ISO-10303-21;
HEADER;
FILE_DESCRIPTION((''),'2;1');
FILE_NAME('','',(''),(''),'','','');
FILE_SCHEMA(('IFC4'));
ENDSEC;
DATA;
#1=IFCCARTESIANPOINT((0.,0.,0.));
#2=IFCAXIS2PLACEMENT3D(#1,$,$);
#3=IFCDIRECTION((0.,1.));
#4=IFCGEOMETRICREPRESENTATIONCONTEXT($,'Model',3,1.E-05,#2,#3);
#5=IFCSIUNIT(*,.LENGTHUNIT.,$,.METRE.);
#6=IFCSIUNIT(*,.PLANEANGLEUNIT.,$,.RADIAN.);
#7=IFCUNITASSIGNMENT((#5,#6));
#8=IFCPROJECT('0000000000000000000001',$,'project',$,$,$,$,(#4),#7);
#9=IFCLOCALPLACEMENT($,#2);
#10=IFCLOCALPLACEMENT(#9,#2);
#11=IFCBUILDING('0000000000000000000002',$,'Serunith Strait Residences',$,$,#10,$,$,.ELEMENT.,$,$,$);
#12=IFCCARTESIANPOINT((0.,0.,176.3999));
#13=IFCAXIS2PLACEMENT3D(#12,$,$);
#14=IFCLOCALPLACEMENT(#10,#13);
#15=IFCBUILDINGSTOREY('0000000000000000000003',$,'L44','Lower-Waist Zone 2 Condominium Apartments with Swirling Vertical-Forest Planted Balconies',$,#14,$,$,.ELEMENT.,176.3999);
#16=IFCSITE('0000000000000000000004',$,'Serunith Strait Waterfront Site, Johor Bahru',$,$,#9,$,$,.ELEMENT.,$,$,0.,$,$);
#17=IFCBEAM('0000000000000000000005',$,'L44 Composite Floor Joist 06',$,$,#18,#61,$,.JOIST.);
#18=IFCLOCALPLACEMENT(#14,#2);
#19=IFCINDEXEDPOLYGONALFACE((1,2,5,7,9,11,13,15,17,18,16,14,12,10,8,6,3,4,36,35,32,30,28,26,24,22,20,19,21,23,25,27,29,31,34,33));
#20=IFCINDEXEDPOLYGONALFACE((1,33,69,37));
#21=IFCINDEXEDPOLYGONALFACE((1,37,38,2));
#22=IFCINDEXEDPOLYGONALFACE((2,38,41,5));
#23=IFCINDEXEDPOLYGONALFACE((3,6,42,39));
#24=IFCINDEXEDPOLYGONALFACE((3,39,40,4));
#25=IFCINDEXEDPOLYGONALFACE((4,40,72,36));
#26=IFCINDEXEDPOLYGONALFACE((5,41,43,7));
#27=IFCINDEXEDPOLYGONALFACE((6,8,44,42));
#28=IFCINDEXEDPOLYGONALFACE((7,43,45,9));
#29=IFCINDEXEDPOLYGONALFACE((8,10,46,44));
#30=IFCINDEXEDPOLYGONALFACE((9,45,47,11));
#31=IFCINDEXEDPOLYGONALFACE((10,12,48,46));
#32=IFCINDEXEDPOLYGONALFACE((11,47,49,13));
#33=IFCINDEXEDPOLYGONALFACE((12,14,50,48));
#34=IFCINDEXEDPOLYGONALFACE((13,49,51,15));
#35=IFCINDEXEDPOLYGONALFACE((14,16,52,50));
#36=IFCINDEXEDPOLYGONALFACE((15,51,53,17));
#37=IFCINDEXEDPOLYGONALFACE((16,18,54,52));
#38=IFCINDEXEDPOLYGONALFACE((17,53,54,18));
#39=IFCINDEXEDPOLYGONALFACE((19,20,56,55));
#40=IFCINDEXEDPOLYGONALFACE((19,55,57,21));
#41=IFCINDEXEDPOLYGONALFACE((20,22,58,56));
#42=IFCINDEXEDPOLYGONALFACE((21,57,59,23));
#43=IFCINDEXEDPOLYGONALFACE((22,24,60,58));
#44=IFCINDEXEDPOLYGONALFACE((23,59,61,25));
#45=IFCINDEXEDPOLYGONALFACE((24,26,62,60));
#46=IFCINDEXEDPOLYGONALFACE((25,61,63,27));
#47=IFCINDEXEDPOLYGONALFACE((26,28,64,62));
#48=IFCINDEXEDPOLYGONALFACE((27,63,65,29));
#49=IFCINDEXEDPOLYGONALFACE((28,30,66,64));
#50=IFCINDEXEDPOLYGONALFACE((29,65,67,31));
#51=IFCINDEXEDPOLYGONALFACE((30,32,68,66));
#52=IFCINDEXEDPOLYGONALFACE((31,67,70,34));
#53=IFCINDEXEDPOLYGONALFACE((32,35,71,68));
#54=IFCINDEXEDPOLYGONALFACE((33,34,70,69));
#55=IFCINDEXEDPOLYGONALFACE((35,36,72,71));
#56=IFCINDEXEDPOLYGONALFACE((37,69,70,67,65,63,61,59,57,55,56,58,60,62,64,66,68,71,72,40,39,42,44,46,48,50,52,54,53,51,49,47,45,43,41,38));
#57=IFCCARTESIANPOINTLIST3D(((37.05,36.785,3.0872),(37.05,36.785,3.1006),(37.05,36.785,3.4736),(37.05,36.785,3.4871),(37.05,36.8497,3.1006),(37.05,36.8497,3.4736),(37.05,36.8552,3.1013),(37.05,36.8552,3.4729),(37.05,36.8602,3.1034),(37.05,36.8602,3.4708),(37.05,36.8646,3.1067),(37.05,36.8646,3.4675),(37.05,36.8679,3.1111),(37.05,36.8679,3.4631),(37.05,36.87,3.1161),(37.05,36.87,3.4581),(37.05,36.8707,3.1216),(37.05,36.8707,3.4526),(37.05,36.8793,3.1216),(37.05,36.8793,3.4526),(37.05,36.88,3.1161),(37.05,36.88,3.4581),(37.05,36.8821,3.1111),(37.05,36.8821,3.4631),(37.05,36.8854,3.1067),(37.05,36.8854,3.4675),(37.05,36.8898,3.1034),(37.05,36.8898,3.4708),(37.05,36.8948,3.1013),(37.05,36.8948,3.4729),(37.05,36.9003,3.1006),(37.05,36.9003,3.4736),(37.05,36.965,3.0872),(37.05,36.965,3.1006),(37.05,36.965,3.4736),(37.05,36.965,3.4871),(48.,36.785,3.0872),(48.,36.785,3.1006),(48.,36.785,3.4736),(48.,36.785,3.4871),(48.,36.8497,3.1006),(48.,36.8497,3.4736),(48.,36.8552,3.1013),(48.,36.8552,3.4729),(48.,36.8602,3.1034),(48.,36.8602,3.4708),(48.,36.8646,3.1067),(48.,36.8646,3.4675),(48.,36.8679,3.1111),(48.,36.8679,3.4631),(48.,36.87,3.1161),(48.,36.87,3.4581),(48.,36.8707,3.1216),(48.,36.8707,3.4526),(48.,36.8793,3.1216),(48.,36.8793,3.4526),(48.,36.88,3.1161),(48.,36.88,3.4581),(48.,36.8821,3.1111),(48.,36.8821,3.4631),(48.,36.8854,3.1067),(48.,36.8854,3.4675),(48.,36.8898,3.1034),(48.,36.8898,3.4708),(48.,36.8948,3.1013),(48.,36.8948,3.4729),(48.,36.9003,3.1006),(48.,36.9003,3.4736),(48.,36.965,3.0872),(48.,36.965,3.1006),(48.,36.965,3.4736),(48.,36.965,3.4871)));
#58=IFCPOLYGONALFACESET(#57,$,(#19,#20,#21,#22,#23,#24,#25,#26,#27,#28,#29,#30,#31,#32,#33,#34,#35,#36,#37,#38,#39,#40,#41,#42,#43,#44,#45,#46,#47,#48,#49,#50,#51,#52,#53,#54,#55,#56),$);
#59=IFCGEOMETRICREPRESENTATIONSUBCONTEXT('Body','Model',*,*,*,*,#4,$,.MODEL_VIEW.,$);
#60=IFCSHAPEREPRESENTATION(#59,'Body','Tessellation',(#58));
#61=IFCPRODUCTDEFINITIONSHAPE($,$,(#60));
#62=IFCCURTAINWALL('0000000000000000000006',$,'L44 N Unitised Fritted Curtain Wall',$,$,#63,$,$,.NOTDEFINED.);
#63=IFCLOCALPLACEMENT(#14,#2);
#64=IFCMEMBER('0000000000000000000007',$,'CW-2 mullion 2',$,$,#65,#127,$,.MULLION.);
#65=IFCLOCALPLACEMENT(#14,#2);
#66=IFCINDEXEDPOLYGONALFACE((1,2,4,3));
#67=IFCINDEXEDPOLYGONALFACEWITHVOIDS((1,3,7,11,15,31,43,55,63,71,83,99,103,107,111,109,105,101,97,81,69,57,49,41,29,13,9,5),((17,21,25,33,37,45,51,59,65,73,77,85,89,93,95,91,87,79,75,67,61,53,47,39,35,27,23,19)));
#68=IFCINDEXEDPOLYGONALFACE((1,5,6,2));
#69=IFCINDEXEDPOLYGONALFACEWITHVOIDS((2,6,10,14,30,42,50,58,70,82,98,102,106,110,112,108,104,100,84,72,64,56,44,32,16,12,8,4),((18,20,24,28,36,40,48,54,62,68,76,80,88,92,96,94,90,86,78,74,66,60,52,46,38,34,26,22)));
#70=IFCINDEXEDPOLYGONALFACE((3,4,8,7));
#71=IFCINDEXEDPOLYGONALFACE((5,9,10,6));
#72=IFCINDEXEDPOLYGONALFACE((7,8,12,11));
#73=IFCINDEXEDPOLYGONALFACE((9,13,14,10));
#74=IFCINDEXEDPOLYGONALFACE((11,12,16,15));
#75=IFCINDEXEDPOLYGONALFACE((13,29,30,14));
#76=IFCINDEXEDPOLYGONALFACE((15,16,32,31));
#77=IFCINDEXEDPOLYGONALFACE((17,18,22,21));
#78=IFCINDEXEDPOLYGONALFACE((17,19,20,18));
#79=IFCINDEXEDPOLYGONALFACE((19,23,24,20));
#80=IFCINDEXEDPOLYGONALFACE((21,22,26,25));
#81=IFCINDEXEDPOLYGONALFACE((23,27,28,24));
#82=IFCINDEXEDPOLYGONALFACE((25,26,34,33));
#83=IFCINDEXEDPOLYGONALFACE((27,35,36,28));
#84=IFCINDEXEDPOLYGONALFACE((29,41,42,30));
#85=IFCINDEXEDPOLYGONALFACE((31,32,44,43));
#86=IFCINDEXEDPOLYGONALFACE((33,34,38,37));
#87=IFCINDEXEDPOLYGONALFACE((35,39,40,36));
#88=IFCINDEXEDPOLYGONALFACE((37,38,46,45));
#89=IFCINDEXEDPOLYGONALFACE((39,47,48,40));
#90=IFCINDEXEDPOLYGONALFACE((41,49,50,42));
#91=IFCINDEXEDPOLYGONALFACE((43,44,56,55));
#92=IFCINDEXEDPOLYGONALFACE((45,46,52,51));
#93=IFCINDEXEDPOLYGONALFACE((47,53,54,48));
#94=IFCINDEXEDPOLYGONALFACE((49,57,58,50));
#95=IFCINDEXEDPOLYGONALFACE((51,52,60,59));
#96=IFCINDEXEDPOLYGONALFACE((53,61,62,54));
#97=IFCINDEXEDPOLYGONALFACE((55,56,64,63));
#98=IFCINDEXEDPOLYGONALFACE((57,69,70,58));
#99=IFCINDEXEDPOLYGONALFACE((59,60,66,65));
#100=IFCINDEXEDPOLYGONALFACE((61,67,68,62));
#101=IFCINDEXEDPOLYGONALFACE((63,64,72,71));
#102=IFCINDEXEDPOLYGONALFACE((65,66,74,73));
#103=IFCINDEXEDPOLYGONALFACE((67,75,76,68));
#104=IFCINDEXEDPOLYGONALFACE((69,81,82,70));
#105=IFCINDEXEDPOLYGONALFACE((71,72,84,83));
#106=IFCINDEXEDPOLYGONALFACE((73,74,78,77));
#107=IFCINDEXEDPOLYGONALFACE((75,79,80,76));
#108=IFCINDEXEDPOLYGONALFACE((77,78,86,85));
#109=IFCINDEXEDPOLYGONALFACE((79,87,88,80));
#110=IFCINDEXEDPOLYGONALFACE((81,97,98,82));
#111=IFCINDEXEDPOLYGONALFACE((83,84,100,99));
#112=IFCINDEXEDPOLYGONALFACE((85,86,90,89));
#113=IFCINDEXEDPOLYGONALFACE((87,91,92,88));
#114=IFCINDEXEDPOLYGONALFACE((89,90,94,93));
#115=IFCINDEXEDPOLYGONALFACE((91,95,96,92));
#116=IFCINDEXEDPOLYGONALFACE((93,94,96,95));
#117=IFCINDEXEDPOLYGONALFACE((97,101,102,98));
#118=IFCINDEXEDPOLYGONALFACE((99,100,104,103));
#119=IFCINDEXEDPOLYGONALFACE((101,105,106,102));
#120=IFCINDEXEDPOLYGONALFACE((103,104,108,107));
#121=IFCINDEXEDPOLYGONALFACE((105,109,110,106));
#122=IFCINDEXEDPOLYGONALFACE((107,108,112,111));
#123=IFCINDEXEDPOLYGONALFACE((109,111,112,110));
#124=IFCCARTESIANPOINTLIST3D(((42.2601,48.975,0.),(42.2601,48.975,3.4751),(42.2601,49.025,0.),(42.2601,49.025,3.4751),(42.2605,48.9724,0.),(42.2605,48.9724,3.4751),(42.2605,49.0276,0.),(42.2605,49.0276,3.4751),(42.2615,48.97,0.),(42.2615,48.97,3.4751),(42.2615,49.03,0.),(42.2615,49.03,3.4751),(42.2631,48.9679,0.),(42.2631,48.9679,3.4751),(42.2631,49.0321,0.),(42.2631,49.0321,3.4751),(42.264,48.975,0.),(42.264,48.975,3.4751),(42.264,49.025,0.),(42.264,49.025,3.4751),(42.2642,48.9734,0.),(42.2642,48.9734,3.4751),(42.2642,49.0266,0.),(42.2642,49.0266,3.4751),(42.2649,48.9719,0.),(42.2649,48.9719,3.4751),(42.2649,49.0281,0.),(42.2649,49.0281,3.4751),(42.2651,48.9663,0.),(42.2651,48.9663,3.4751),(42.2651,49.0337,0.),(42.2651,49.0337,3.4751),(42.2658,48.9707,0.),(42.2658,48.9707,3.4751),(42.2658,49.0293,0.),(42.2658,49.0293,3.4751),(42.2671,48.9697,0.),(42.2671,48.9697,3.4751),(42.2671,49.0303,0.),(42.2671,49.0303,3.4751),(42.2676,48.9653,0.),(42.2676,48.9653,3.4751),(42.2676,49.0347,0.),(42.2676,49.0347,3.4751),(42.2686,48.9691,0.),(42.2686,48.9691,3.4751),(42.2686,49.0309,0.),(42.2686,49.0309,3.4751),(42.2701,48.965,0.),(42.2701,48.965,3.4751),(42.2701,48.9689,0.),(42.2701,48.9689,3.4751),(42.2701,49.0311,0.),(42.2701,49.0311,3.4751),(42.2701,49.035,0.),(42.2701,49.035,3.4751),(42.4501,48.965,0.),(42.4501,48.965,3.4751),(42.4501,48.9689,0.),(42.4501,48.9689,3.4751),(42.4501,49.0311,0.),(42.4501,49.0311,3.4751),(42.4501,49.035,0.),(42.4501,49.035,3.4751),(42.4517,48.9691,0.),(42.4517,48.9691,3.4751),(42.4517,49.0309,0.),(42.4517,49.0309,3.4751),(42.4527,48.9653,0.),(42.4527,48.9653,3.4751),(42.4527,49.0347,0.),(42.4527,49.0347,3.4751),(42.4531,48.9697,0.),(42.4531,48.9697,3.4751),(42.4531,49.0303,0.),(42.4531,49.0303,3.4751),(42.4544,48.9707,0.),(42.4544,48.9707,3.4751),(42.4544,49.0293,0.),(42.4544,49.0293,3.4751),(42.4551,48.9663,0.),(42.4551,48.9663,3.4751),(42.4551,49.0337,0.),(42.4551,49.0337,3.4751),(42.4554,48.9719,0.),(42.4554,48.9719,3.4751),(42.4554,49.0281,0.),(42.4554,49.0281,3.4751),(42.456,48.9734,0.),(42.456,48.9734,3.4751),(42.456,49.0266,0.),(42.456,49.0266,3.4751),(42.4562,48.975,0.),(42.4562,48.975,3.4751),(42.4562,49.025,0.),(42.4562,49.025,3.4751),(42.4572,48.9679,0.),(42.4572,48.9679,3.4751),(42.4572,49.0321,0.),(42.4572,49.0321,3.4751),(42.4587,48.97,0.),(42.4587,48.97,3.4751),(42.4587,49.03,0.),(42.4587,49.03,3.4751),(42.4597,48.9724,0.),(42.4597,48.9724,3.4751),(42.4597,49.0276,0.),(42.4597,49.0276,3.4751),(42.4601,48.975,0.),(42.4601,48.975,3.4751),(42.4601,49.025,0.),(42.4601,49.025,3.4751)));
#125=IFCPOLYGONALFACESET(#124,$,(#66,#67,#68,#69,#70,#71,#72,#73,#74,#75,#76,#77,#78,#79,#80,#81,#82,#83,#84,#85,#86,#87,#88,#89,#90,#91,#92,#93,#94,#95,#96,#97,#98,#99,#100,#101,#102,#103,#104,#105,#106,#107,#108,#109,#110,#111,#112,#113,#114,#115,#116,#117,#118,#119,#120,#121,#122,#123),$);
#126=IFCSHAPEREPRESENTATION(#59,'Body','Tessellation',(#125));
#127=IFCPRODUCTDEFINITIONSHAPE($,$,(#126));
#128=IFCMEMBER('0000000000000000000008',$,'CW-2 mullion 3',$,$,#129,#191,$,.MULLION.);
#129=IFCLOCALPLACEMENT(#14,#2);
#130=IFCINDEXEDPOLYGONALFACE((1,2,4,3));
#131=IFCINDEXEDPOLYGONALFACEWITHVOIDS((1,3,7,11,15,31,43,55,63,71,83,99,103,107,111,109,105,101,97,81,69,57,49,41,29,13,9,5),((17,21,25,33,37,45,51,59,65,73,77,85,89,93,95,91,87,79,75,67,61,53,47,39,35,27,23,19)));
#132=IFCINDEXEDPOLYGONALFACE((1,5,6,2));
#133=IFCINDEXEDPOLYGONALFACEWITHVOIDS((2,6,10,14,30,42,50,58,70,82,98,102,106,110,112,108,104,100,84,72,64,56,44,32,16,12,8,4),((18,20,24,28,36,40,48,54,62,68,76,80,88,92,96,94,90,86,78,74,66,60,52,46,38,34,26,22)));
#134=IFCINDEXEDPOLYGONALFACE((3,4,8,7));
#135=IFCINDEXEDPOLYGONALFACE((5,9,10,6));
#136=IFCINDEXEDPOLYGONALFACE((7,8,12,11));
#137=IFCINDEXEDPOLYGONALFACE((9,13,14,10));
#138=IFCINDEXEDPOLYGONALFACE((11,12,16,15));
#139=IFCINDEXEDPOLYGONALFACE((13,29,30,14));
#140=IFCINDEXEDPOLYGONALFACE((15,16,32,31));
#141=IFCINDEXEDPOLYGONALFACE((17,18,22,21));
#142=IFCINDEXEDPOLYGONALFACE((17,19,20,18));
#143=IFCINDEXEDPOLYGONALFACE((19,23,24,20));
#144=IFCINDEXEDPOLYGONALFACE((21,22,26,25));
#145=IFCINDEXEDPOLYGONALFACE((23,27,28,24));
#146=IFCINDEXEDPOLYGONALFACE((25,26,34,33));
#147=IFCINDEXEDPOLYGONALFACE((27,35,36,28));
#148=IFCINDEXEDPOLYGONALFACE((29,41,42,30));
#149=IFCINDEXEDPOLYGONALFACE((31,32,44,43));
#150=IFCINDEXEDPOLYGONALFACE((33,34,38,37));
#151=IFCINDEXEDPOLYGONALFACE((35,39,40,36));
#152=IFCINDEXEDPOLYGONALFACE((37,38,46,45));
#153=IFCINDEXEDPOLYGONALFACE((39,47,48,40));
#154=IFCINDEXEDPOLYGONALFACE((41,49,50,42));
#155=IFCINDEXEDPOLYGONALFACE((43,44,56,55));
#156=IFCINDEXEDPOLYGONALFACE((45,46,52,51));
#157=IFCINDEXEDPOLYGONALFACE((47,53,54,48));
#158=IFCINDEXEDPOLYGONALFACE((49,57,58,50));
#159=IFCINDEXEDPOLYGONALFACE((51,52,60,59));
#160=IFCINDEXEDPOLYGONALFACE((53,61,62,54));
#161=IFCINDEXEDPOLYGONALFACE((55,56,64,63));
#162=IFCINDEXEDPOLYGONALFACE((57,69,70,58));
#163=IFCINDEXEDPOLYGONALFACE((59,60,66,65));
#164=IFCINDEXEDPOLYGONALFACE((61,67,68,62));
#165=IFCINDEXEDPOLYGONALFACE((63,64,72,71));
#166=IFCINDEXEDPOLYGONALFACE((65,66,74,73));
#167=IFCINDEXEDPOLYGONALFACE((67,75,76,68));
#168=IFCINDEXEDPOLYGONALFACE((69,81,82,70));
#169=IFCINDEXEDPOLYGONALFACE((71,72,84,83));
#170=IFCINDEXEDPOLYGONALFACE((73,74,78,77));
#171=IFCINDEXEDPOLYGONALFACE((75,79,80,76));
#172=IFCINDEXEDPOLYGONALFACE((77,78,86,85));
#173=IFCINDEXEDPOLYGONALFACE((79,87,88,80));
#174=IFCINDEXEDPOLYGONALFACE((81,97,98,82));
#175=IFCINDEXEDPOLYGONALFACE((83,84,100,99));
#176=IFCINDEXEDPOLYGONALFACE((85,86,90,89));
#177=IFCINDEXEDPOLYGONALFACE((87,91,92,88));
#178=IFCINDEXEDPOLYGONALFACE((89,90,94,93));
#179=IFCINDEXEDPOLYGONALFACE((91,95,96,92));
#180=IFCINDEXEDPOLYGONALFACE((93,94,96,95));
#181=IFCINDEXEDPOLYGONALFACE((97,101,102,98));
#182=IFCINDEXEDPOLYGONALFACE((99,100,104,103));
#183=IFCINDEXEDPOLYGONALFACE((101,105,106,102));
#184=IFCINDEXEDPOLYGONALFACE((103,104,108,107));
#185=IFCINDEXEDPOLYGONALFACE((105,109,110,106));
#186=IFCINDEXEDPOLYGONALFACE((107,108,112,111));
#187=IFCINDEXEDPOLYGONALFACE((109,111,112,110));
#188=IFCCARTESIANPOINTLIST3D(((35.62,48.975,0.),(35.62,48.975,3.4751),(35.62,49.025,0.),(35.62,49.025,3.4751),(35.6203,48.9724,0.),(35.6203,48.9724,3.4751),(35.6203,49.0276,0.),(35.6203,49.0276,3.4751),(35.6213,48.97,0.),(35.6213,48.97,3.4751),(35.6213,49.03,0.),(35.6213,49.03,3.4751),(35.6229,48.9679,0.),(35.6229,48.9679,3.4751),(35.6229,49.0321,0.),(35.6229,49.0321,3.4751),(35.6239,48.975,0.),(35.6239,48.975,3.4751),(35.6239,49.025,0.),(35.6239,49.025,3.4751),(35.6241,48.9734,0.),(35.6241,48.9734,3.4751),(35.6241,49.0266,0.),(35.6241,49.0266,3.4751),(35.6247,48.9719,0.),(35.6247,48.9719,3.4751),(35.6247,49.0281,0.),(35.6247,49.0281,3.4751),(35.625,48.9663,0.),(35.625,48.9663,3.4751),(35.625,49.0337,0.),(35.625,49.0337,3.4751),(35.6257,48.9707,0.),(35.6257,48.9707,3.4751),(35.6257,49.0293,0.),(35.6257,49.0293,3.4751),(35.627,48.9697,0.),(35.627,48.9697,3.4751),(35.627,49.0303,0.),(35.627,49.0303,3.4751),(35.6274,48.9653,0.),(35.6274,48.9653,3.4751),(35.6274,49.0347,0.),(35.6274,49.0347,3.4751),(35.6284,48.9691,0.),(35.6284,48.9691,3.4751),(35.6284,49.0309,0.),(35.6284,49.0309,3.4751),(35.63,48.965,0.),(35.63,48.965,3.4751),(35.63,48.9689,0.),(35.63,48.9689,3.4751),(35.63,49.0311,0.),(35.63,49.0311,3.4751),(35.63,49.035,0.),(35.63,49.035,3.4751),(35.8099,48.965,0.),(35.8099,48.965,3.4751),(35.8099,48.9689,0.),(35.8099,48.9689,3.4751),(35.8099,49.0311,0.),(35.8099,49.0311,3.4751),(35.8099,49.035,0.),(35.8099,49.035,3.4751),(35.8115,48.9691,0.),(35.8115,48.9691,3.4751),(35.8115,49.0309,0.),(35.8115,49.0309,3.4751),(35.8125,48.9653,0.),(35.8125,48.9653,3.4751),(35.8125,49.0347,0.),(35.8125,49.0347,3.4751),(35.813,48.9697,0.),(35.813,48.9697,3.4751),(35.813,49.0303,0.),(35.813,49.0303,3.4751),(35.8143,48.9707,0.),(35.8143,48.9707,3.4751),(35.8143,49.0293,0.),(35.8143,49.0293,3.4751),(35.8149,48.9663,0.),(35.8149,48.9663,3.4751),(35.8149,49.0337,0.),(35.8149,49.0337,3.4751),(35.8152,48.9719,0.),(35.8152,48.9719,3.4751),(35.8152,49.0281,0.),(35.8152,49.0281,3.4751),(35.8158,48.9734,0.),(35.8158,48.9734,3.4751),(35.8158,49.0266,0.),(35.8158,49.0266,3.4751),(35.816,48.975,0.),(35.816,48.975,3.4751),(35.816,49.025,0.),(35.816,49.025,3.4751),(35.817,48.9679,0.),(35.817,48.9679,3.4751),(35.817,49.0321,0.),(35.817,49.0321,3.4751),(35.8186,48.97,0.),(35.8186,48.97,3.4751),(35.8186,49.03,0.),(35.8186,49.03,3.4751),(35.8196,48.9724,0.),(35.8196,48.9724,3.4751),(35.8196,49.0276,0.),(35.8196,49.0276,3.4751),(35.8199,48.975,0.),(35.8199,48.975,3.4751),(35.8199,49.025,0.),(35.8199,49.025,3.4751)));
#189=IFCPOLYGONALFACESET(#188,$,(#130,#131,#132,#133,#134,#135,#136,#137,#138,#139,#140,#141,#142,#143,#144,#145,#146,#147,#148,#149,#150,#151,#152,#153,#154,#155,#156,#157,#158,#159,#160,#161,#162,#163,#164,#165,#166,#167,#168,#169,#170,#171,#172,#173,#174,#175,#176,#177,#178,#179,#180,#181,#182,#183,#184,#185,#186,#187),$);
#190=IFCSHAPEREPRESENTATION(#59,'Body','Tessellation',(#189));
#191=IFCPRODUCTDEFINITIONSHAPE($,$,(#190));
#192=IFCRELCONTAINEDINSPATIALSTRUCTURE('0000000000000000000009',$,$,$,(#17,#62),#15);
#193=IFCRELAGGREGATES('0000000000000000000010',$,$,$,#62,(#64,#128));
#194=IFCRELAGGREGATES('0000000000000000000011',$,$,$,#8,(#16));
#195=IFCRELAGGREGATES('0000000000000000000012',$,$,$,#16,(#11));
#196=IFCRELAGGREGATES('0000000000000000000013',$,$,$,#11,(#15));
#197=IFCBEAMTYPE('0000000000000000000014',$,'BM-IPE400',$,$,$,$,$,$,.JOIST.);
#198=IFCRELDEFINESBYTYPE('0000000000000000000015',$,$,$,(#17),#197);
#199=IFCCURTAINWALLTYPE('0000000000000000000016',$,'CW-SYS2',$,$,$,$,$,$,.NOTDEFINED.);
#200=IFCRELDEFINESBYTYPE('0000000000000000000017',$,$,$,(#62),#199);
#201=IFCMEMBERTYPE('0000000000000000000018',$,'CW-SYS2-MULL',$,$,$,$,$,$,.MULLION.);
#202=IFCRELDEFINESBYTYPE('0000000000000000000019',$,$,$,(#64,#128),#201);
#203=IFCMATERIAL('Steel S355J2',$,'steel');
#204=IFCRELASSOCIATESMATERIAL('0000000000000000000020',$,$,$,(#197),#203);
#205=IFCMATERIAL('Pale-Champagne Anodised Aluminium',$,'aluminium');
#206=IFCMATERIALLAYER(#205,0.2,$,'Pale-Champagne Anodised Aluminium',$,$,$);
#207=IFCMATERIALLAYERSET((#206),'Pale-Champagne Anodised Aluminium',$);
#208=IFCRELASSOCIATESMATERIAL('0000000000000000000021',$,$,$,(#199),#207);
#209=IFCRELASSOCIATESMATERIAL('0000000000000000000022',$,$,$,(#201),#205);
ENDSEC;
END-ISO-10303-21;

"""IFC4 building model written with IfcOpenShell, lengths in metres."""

from ifc_helpers import new_model, si_unit, direction, frame, origin, origin_2d, place, context, subcontext, project, spatial, hollow_rectangle, i_section, extrude, source, transform, mapped, material, layer, layer_set, material_profile, profile_set, type_object, element, aggregate, save


model = new_model("IFC4")

# Units and contexts
model_context = context("Model", 3, precision=1e-05, world=origin(), true_north=direction((0.0, 1.0)))
body_context = subcontext(model_context, "Body", "Model", "MODEL_VIEW")
ifc_project = project(units=[si_unit("LENGTHUNIT", "METRE"), si_unit("PLANEANGLEUNIT", "RADIAN")], contexts=[model_context])

# Site, building, storey
site_placement = place(None, origin())
site = spatial("IfcSite", under=ifc_project, at=site_placement, Name="Serunith Strait Waterfront Site, Johor Bahru", CompositionType="ELEMENT", RefElevation=0.0)
building_placement = place(site_placement, origin())
building = spatial("IfcBuilding", under=site, at=building_placement, Name="Serunith Strait Residences", CompositionType="ELEMENT")
storey_placement = place(building_placement, frame((0.0, 0.0, 176.3999)))
storey = spatial("IfcBuildingStorey", under=building, at=storey_placement, Name="L44", Description="Lower-Waist Zone 2 Condominium Apartments with Swirling Vertical-Forest Planted Balconies", CompositionType="ELEMENT", Elevation=176.3999)

# Beam
ifc_material_1 = material(Name="Steel S355J2", Category="steel")
ifc_material_profile_1 = material_profile(ifc_material_1, i_section(OverallWidth=0.1799, OverallDepth=0.3999, WebThickness=0.0085, FlangeThickness=0.0134, FilletRadius=0.021, at=origin_2d()), Name="IPE 400")
ifc_profile_set_1 = profile_set([ifc_material_profile_1], Name="Steel S355J2")
beam_type_1 = type_object("IfcBeamType", Name="BM-IPE400", PredefinedType="JOIST", material=ifc_profile_set_1)
shared_shape_1 = source(origin(), body_context, "Body", "SweptSolid", [
    extrude(i_section(OverallWidth=0.1799, OverallDepth=0.3999, WebThickness=0.0085, FlangeThickness=0.0134, FilletRadius=0.021, at=origin_2d()), origin(), (0.0, 0.0, 1.0), 10.95),
])
beam_1_placement = place(storey_placement, frame((37.05, 36.875, 3.2871), z_axis=(1.0, 0.0, 0.0), x_axis=(0.0, 1.0, 0.0)))
element("IfcBeam", 1, at=beam_1_placement, inside=storey, type_object=beam_type_1, Name="L44 Composite Floor Joist 06", PredefinedType="JOIST", context=body_context, shape_type="MappedRepresentation", body=[
    mapped(shared_shape_1, transform((0.0, 0.0, 0.0), scale=1.0)),
])

# Curtain wall, members
ifc_material_2 = material(Name="Pale-Champagne Anodised Aluminium", Category="aluminium")
ifc_layer_1 = layer(ifc_material_2, 0.2, Name="Pale-Champagne Anodised Aluminium")
ifc_layer_set_1 = layer_set([ifc_layer_1], Name="Pale-Champagne Anodised Aluminium")
curtain_wall_type = type_object("IfcCurtainWallType", Name="CW-SYS2", PredefinedType="NOTDEFINED", material=ifc_layer_set_1)
curtain_wall_placement = place(storey_placement, origin())
curtain_wall = element("IfcCurtainWall", 2, at=curtain_wall_placement, inside=storey, type_object=curtain_wall_type, Name="L44 N Unitised Fritted Curtain Wall", PredefinedType="NOTDEFINED")
ifc_material_profile_2 = material_profile(ifc_material_2, hollow_rectangle(XDim=0.0701, YDim=0.2, WallThickness=0.0039, InnerFilletRadius=0.0061, OuterFilletRadius=0.01, at=origin_2d()), Name="ALU 200x70x4")
ifc_profile_set_2 = profile_set([ifc_material_profile_2], Name="Pale-Champagne Anodised Aluminium")
member_type_1 = type_object("IfcMemberType", Name="CW-SYS2-MULL", PredefinedType="MULLION", material=ifc_profile_set_2)
shared_shape_2 = source(origin(), body_context, "Body", "SweptSolid", [
    extrude(hollow_rectangle(XDim=0.0701, YDim=0.2, WallThickness=0.0039, InnerFilletRadius=0.0061, OuterFilletRadius=0.01, at=origin_2d()), origin(), (0.0, 0.0, 1.0), 3.4751),
])
member_1_placement = place(storey_placement, frame((42.3601, 49.0, 0.0), z_axis=(0.0, 0.0, 1.0), x_axis=(0.0, -1.0, 0.0)))
member_1 = element("IfcMember", 3, at=member_1_placement, type_object=member_type_1, Name="CW-2 mullion 2", PredefinedType="MULLION", context=body_context, shape_type="MappedRepresentation", body=[
    mapped(shared_shape_2, transform((0.0, 0.0, 0.0), scale=1.0)),
])
member_2_placement = place(storey_placement, frame((35.72, 49.0, 0.0), z_axis=(0.0, 0.0, 1.0), x_axis=(0.0, -1.0, 0.0)))
member_2 = element("IfcMember", 4, at=member_2_placement, type_object=member_type_1, Name="CW-2 mullion 3", PredefinedType="MULLION", context=body_context, shape_type="MappedRepresentation", body=[
    mapped(shared_shape_2, transform((0.0, 0.0, 0.0), scale=1.0)),
])
aggregate(curtain_wall, [member_1, member_2])

save(model, "model.ifc")
